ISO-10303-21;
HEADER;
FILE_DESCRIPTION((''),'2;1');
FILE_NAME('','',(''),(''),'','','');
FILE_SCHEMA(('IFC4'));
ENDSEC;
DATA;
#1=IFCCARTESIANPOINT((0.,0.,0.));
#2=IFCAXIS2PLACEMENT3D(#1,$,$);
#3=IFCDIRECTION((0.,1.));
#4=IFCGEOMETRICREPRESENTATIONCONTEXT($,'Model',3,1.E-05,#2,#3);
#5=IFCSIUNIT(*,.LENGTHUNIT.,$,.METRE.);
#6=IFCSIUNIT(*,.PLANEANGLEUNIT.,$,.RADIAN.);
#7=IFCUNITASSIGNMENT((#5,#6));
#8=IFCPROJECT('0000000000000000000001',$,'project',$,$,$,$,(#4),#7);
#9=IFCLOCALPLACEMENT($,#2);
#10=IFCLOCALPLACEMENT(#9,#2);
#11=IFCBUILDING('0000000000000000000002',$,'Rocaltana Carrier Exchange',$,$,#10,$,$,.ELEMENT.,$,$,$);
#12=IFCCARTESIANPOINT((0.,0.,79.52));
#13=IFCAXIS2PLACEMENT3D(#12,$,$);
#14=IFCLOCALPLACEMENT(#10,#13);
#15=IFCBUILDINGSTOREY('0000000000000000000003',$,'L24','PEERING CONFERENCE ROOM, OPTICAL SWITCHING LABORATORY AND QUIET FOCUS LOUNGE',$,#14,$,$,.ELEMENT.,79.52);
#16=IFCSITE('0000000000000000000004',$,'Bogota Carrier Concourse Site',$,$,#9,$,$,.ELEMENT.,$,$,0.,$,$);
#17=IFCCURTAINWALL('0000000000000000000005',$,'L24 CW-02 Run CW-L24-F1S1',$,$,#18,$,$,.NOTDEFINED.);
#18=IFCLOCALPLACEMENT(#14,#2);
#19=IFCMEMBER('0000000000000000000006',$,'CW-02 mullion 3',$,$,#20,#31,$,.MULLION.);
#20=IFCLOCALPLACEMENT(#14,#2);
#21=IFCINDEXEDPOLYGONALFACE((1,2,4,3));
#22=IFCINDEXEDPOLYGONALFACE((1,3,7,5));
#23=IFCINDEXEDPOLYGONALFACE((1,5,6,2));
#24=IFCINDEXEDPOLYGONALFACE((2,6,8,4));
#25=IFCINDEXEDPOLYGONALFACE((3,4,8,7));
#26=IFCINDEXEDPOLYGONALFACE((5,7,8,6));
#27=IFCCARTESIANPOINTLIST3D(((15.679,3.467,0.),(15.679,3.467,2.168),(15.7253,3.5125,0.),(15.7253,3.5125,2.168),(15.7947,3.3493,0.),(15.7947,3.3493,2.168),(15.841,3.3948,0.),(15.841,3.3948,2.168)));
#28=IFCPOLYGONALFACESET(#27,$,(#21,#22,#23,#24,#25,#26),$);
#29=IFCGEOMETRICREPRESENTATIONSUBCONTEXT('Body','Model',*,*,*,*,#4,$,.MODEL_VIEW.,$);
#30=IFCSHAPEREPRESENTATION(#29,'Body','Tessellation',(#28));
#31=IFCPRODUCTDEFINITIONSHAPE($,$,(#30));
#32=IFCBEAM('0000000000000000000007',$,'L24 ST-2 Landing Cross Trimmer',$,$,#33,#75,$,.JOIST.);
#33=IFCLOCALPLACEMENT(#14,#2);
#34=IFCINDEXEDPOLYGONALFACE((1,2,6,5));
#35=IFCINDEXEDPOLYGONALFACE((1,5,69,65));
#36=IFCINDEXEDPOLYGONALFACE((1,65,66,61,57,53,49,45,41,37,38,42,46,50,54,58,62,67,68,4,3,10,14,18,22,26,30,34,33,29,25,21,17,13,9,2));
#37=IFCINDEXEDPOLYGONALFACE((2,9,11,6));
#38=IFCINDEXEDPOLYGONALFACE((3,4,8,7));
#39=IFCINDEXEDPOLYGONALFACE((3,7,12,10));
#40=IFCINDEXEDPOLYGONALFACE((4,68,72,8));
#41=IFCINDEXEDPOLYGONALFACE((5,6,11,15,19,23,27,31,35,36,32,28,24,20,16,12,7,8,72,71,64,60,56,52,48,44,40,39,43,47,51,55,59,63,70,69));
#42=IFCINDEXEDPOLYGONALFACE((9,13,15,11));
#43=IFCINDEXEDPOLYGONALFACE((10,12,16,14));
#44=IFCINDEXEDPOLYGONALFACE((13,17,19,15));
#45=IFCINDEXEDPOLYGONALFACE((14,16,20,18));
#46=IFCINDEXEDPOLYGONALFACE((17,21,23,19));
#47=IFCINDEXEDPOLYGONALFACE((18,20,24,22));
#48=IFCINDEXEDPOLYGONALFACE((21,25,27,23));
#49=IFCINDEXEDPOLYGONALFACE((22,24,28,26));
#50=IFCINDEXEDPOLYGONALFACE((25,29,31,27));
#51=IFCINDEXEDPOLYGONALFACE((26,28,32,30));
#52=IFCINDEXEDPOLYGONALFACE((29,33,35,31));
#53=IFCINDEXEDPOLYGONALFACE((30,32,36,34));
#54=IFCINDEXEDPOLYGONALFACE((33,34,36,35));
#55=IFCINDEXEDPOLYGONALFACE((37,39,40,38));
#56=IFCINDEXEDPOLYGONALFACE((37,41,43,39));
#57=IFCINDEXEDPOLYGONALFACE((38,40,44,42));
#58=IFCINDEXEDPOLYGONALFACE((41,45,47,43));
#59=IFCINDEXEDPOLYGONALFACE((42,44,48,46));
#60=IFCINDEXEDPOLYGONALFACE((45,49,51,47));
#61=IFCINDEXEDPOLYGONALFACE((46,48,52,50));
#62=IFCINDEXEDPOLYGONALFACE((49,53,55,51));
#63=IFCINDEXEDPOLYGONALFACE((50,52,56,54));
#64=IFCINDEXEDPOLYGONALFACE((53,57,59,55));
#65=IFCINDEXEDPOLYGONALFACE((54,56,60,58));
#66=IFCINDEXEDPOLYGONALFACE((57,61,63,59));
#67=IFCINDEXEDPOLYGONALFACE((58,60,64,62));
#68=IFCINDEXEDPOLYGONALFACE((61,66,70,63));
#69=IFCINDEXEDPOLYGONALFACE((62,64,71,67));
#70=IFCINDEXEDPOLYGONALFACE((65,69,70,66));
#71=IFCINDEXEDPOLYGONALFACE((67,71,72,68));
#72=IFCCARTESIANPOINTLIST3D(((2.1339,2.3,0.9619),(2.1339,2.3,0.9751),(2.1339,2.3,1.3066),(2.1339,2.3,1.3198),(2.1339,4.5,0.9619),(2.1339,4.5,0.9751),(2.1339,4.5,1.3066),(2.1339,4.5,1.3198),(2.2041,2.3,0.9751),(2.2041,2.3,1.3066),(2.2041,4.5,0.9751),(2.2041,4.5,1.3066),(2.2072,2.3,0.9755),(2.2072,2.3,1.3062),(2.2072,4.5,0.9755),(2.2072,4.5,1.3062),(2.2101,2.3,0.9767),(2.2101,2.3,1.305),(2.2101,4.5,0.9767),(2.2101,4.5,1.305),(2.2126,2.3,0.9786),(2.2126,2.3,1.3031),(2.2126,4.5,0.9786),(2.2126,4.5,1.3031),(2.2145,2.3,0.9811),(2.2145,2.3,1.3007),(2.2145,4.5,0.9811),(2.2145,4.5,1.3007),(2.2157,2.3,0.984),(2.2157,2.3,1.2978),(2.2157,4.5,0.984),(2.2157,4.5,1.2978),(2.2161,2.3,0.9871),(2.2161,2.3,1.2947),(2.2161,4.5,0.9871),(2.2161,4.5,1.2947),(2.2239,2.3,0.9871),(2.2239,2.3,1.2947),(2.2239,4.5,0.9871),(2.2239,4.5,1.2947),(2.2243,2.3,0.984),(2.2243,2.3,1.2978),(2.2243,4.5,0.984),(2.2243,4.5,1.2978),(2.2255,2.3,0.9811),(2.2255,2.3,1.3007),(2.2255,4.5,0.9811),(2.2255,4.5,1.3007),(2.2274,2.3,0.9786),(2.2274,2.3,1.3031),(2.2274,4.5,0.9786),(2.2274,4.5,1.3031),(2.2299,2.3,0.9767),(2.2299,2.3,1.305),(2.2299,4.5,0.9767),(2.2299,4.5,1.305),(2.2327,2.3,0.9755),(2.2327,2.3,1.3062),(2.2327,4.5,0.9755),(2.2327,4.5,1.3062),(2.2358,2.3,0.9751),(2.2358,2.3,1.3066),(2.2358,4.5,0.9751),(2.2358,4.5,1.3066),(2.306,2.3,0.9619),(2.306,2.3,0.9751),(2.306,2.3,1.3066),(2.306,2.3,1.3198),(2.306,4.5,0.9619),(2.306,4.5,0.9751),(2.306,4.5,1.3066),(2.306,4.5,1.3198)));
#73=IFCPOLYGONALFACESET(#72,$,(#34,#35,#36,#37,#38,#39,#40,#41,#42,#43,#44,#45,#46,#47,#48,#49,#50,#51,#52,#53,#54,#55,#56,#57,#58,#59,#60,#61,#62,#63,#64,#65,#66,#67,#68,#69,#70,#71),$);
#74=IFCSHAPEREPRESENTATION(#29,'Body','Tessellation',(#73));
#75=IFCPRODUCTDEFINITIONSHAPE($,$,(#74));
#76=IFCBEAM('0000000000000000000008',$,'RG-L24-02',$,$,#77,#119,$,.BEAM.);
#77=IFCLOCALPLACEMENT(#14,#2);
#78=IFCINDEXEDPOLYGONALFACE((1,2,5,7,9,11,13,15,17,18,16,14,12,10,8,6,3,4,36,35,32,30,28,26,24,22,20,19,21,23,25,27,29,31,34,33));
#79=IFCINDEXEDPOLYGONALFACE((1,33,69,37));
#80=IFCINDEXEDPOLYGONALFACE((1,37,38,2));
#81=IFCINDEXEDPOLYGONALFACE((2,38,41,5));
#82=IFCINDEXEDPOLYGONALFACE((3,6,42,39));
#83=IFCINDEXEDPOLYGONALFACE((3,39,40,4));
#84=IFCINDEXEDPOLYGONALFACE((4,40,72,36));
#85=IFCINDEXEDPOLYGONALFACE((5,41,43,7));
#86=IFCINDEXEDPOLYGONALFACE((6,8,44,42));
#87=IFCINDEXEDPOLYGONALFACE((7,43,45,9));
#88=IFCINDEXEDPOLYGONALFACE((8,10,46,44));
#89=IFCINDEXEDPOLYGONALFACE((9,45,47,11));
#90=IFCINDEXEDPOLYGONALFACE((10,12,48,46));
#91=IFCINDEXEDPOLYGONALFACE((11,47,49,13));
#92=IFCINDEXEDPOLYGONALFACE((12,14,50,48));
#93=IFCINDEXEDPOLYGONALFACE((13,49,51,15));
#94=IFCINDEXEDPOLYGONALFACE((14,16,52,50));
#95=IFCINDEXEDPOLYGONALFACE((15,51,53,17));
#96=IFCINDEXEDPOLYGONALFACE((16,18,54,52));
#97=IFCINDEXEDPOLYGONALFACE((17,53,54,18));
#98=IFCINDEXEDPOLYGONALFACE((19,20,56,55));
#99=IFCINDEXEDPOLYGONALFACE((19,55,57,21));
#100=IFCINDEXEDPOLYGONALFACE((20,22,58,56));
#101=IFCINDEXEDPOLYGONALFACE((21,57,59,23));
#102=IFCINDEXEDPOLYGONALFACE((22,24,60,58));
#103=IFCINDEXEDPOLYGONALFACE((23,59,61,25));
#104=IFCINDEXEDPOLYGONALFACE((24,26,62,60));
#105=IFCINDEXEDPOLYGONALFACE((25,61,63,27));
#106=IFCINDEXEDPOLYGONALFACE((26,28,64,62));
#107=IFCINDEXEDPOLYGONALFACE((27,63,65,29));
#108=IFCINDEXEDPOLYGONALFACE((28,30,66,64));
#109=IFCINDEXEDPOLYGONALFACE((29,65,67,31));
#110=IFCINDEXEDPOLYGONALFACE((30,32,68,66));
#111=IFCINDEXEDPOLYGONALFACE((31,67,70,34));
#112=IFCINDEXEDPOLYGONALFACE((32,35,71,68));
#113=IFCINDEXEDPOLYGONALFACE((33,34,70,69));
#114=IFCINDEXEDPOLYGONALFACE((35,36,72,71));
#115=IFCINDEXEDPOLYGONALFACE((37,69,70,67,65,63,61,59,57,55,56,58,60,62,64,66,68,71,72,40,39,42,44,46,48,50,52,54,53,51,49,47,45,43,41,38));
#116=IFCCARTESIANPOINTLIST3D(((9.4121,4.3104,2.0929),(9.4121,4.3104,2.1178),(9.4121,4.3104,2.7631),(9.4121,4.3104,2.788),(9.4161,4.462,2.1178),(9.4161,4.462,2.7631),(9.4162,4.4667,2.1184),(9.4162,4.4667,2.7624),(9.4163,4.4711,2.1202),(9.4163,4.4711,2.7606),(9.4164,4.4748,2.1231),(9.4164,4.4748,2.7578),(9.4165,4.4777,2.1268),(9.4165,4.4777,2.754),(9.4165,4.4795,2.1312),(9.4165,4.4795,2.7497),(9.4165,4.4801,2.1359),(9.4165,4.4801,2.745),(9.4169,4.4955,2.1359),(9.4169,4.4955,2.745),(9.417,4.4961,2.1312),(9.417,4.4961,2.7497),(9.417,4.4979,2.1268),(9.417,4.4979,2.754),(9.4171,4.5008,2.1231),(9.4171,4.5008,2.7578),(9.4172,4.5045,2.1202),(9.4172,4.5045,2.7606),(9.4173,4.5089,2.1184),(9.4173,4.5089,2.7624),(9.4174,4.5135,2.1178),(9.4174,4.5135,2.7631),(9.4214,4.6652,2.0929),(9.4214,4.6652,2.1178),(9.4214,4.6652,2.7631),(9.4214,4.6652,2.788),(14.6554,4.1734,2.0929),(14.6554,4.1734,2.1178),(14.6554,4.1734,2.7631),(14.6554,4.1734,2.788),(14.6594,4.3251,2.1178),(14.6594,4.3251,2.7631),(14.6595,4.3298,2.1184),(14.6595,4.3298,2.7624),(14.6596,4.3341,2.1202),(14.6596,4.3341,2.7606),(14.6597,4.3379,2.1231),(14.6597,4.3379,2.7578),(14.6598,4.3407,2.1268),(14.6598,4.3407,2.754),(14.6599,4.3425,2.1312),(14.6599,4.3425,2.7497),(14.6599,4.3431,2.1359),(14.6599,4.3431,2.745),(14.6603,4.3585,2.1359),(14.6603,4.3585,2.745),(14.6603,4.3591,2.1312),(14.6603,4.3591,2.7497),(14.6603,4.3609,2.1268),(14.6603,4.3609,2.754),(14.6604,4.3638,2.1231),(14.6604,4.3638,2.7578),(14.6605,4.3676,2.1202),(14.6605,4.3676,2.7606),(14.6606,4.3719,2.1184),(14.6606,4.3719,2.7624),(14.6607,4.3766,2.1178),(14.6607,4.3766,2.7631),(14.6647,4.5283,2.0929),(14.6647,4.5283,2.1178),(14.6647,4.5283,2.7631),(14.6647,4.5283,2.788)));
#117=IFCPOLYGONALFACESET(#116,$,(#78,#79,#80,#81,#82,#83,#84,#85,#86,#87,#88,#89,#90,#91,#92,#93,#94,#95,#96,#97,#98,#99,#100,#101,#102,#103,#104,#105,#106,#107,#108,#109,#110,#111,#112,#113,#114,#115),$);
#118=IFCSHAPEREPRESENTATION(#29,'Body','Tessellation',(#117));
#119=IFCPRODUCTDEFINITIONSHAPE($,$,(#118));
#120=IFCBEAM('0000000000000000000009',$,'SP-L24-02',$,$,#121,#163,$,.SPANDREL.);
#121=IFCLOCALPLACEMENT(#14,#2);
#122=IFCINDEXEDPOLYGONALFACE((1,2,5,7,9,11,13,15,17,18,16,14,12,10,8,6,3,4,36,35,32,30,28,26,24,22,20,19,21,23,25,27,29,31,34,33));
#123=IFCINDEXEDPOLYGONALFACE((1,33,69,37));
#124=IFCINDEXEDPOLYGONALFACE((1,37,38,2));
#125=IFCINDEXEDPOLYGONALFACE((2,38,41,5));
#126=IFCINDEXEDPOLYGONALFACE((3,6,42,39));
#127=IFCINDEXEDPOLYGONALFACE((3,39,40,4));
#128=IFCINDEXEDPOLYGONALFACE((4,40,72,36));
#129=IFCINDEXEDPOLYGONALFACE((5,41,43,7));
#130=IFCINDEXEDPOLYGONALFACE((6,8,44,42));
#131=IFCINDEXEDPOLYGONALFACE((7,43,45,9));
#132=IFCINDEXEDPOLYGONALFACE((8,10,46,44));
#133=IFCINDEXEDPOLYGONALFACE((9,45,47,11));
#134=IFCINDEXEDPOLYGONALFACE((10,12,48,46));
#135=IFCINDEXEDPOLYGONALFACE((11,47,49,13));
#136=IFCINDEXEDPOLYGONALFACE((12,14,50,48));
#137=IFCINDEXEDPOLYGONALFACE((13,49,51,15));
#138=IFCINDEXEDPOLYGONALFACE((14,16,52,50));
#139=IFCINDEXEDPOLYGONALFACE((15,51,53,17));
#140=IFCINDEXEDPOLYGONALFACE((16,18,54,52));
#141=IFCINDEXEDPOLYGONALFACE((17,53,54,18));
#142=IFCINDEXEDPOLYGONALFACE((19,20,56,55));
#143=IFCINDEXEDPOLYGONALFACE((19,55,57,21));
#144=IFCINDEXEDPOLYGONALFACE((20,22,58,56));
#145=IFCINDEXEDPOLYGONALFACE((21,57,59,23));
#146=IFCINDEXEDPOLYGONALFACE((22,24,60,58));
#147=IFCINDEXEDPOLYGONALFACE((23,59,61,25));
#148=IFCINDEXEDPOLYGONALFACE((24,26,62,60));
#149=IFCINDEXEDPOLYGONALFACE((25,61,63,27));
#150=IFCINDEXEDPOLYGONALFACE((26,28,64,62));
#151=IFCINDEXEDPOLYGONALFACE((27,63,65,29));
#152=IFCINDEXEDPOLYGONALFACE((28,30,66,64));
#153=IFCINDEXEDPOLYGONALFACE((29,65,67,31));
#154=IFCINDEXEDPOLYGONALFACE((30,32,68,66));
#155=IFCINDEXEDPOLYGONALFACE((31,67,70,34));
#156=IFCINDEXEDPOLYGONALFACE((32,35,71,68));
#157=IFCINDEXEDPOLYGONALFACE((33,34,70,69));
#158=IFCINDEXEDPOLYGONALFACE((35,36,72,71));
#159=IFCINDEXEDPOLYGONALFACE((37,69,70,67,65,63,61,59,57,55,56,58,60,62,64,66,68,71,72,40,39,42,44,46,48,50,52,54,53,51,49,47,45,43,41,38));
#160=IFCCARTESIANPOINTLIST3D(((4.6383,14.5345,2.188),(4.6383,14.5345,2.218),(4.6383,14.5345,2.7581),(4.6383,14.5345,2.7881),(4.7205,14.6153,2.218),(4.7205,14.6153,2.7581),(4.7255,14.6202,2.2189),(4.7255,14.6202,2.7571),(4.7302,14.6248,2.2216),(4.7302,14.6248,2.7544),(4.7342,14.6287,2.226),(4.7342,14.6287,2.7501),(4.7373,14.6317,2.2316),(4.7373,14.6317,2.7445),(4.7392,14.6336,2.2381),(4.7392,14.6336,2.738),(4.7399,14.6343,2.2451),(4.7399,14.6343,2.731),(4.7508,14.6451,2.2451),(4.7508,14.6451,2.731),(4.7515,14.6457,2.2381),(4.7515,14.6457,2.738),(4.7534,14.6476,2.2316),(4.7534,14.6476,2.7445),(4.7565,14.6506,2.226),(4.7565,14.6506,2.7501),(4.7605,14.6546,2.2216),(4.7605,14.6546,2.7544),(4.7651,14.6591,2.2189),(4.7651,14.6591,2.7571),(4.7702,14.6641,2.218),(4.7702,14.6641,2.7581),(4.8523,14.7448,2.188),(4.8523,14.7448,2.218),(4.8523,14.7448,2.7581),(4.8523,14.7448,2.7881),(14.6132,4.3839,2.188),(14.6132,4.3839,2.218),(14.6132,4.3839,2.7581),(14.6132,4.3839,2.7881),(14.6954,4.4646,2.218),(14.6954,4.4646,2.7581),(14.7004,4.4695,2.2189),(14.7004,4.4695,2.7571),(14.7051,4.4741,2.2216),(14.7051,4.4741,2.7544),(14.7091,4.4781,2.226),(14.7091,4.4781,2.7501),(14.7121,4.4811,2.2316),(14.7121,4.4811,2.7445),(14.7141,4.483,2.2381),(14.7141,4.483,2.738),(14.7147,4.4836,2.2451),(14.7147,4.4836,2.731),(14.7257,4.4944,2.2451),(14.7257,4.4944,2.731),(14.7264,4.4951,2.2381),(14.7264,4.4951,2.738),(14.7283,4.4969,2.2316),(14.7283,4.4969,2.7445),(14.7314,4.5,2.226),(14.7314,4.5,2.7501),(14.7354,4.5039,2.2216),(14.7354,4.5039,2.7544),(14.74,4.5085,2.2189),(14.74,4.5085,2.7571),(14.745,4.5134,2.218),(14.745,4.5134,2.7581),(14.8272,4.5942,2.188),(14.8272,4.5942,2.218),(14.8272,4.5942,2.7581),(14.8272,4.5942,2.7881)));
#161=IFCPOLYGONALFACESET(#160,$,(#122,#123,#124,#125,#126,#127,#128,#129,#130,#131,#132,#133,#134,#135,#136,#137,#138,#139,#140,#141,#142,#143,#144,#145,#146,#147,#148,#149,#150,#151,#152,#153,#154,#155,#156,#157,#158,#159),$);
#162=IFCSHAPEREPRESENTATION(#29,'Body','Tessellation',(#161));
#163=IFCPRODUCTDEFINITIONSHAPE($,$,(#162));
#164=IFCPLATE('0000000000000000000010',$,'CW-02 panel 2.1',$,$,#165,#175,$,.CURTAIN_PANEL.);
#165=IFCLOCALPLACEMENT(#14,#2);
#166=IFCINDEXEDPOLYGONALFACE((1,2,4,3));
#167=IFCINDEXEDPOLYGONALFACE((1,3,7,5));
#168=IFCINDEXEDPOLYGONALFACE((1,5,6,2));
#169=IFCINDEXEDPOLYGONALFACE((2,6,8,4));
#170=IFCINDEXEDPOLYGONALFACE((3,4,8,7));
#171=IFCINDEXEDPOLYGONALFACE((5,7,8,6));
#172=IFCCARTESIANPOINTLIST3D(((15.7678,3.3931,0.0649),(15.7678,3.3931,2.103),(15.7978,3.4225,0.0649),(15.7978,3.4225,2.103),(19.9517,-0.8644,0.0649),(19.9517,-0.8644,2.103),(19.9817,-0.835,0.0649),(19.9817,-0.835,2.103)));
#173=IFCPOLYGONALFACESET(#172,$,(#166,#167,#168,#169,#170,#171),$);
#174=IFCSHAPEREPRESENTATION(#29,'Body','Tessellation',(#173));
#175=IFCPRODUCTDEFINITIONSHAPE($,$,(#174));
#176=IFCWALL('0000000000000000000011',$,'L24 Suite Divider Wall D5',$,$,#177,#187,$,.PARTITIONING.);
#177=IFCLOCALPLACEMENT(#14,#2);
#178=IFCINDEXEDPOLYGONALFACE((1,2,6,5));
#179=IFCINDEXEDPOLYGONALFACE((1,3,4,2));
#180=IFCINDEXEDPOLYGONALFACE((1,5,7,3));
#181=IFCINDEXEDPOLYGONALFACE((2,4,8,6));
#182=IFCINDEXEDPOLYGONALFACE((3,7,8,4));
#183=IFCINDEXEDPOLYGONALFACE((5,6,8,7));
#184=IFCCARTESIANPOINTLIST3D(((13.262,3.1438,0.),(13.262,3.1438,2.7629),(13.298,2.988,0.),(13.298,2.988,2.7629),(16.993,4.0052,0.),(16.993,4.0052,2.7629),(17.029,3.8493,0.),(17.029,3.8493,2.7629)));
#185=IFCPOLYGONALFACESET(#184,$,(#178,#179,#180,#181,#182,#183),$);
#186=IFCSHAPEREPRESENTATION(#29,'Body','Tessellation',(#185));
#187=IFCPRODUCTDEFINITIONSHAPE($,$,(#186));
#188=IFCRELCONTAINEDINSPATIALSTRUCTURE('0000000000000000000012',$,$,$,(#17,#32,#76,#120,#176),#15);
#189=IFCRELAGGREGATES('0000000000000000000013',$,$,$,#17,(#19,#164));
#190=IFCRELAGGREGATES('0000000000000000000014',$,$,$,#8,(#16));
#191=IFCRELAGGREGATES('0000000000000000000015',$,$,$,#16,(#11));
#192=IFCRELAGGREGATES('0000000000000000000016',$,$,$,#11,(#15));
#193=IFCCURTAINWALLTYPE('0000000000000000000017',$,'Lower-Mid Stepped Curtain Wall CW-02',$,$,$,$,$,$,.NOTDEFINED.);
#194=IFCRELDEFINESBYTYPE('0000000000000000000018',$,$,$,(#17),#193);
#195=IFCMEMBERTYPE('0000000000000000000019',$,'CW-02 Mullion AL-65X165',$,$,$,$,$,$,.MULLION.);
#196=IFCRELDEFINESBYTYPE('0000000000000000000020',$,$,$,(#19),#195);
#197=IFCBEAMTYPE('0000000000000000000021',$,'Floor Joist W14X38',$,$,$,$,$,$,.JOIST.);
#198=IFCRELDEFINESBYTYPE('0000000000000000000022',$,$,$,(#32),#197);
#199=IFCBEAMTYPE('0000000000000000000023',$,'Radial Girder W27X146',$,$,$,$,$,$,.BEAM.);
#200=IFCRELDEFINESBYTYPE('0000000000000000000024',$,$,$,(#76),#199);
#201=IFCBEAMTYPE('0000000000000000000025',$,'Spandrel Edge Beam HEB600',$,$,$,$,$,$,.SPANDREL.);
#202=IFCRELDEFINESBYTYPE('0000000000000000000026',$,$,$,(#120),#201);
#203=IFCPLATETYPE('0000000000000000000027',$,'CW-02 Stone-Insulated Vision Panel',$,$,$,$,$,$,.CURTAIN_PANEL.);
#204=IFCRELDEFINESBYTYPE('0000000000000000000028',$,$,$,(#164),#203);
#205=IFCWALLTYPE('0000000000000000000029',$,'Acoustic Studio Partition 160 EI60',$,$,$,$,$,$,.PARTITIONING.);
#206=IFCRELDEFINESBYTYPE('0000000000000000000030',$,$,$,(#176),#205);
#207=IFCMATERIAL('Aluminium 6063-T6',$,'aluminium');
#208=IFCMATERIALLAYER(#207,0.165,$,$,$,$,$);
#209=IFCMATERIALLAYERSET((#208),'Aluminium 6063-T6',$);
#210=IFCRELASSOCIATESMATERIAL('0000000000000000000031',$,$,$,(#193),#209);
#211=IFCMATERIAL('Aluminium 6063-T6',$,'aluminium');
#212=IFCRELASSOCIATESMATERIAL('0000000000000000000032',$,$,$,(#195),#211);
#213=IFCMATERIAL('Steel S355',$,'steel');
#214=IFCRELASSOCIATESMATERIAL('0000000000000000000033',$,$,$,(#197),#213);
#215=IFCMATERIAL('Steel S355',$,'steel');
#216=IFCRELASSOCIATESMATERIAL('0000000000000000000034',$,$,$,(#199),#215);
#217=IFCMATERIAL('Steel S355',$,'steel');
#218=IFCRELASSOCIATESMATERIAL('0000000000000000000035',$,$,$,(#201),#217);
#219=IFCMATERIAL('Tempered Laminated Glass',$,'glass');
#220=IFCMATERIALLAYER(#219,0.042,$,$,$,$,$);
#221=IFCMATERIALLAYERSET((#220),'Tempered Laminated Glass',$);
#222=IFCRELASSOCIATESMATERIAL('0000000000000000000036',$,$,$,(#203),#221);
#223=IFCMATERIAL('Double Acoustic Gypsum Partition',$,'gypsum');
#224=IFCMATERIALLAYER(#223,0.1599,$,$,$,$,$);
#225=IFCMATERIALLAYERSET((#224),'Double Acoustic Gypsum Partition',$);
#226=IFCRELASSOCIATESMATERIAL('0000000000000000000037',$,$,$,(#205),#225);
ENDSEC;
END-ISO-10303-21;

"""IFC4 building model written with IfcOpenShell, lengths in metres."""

from ifc_helpers import new_model, si_unit, direction, frame, frame_2d, origin, origin_2d, place, context, subcontext, project, spatial, rectangle, i_section, extrude, material, layer, layer_set, material_profile, profile_set, type_object, element, aggregate, save


model = new_model("IFC4")

# Units and contexts
model_context = context("Model", 3, precision=1e-05, world=origin(), true_north=direction((0.0, 1.0)))
body_context = subcontext(model_context, "Body", "Model", "MODEL_VIEW")
ifc_project = project(units=[si_unit("LENGTHUNIT", "METRE"), si_unit("PLANEANGLEUNIT", "RADIAN")], contexts=[model_context])

# Site, building, storey
site_placement = place(None, origin())
site = spatial("IfcSite", under=ifc_project, at=site_placement, Name="Bogota Carrier Concourse Site", CompositionType="ELEMENT", RefElevation=0.0)
building_placement = place(site_placement, origin())
building = spatial("IfcBuilding", under=site, at=building_placement, Name="Rocaltana Carrier Exchange", CompositionType="ELEMENT")
storey_placement = place(building_placement, frame((0.0, 0.0, 79.52)))
storey = spatial("IfcBuildingStorey", under=building, at=storey_placement, Name="L24", Description="PEERING CONFERENCE ROOM, OPTICAL SWITCHING LABORATORY AND QUIET FOCUS LOUNGE", CompositionType="ELEMENT", Elevation=79.52)

# Curtain wall, member
ifc_material_1 = material(Name="Aluminium 6063-T6", Category="aluminium")
ifc_layer_1 = layer(ifc_material_1, 0.165)
ifc_layer_set_1 = layer_set([ifc_layer_1], Name="Aluminium 6063-T6")
curtain_wall_type = type_object("IfcCurtainWallType", Name="Lower-Mid Stepped Curtain Wall CW-02", PredefinedType="NOTDEFINED", material=ifc_layer_set_1)
curtain_wall_placement = place(storey_placement, origin())
curtain_wall = element("IfcCurtainWall", 1, at=curtain_wall_placement, inside=storey, type_object=curtain_wall_type, Name="L24 CW-02 Run CW-L24-F1S1", PredefinedType="NOTDEFINED")
ifc_material_2 = material(Name="Aluminium 6063-T6", Category="aluminium")
ifc_material_profile_1 = material_profile(ifc_material_2, rectangle(XDim=0.0649, YDim=0.165, at=origin_2d()), Name="AL-65X165")
ifc_profile_set_1 = profile_set([ifc_material_profile_1], Name="Aluminium 6063-T6")
member_type = type_object("IfcMemberType", Name="CW-02 Mullion AL-65X165", PredefinedType="MULLION", material=ifc_profile_set_1)
member_placement = place(storey_placement, frame((15.76, 3.4309, 0.0), z_axis=(0.0, 0.0, 1.0), x_axis=(-0.713245, -0.700915, 0.0)))
member = element("IfcMember", 2, at=member_placement, type_object=member_type, Name="CW-02 mullion 3", PredefinedType="MULLION", context=body_context, shape_type="SweptSolid", body=[
    extrude(rectangle(XDim=0.0649, YDim=0.165, at=origin_2d()), origin(), (0.0, 0.0, 1.0), 2.168),
])

# Beams
ifc_material_3 = material(Name="Steel S355", Category="steel")
ifc_material_profile_2 = material_profile(ifc_material_3, i_section(OverallWidth=0.1721, OverallDepth=0.3579, WebThickness=0.0078, FlangeThickness=0.0132, FilletRadius=0.012, at=origin_2d()), Name="W14X38")
ifc_profile_set_2 = profile_set([ifc_material_profile_2], Name="Steel S355")
beam_type_1 = type_object("IfcBeamType", Name="Floor Joist W14X38", PredefinedType="JOIST", material=ifc_profile_set_2)
beam_1_placement = place(storey_placement, frame((2.22, 2.3, 1.1409), z_axis=(0.0, 1.0, 0.0), x_axis=(-1.0, 0.0, 0.0)))
element("IfcBeam", 3, at=beam_1_placement, inside=storey, type_object=beam_type_1, Name="L24 ST-2 Landing Cross Trimmer", PredefinedType="JOIST", context=body_context, shape_type="SweptSolid", body=[
    extrude(i_section(OverallWidth=0.1721, OverallDepth=0.3579, WebThickness=0.0078, FlangeThickness=0.0132, FilletRadius=0.012, at=origin_2d()), origin(), (0.0, 0.0, 1.0), 2.2),
])
ifc_material_4 = material(Name="Steel S355", Category="steel")
ifc_material_profile_3 = material_profile(ifc_material_4, i_section(OverallWidth=0.355, OverallDepth=0.6951, WebThickness=0.0154, FlangeThickness=0.0249, FilletRadius=0.0181, at=origin_2d()), Name="W27X146")
ifc_profile_set_3 = profile_set([ifc_material_profile_3], Name="Steel S355")
beam_type_2 = type_object("IfcBeamType", Name="Radial Girder W27X146", PredefinedType="BEAM", material=ifc_profile_set_3)
beam_2_placement = place(storey_placement, frame((9.4167, 4.4878, 2.4404), z_axis=(0.999659, -0.026112, 0.0), x_axis=(0.026112, 0.999659, 0.0)))
element("IfcBeam", 4, at=beam_2_placement, inside=storey, type_object=beam_type_2, Name="RG-L24-02", PredefinedType="BEAM", context=body_context, shape_type="SweptSolid", body=[
    extrude(i_section(OverallWidth=0.355, OverallDepth=0.6951, WebThickness=0.0154, FlangeThickness=0.0249, FilletRadius=0.0181, at=origin_2d()), origin(), (0.0, 0.0, 1.0), 5.2451),
])
ifc_material_5 = material(Name="Steel S355", Category="steel")
ifc_material_profile_4 = material_profile(ifc_material_5, i_section(OverallWidth=0.3, OverallDepth=0.6001, WebThickness=0.0154, FlangeThickness=0.03, FilletRadius=0.0271, at=origin_2d()), Name="HEB600")
ifc_profile_set_4 = profile_set([ifc_material_profile_4], Name="Steel S355")
beam_type_3 = type_object("IfcBeamType", Name="Spandrel Edge Beam HEB600", PredefinedType="SPANDREL", material=ifc_profile_set_4)
beam_3_placement = place(storey_placement, frame((14.7202, 4.489, 2.488), z_axis=(-0.700904, 0.713256, 0.0), x_axis=(-0.713256, -0.700904, 0.0)))
element("IfcBeam", 5, at=beam_3_placement, inside=storey, type_object=beam_type_3, Name="SP-L24-02", PredefinedType="SPANDREL", context=body_context, shape_type="SweptSolid", body=[
    extrude(i_section(OverallWidth=0.3, OverallDepth=0.6001, WebThickness=0.0154, FlangeThickness=0.03, FilletRadius=0.0271, at=origin_2d()), origin(), (0.0, 0.0, 1.0), 14.2314),
])

# Plate
ifc_material_6 = material(Name="Tempered Laminated Glass", Category="glass")
ifc_layer_2 = layer(ifc_material_6, 0.042)
ifc_layer_set_2 = layer_set([ifc_layer_2], Name="Tempered Laminated Glass")
plate_type = type_object("IfcPlateType", Name="CW-02 Stone-Insulated Vision Panel", PredefinedType="CURTAIN_PANEL", material=ifc_layer_set_2)
plate_placement = place(storey_placement, frame((17.8748, 1.2791, 0.0649), z_axis=(0.0, 0.0, 1.0), x_axis=(-0.700915, 0.713245, 0.0)))
plate = element("IfcPlate", 6, at=plate_placement, type_object=plate_type, Name="CW-02 panel 2.1", PredefinedType="CURTAIN_PANEL", context=body_context, shape_type="SweptSolid", body=[
    extrude(rectangle(XDim=5.9692, YDim=0.042, at=origin_2d()), origin(), (0.0, 0.0, 1.0), 2.0381),
])
aggregate(curtain_wall, [member, plate])

# Wall
ifc_material_7 = material(Name="Double Acoustic Gypsum Partition", Category="gypsum")
ifc_layer_3 = layer(ifc_material_7, 0.1599)
ifc_layer_set_3 = layer_set([ifc_layer_3], Name="Double Acoustic Gypsum Partition")
wall_type_1 = type_object("IfcWallType", Name="Acoustic Studio Partition 160 EI60", PredefinedType="PARTITIONING", material=ifc_layer_set_3)
wall_1_placement = place(storey_placement, frame((13.28, 3.0659, 0.0), z_axis=(0.0, 0.0, 1.0), x_axis=(0.974372, 0.224943, 0.0)))
element("IfcWall", 7, at=wall_1_placement, inside=storey, type_object=wall_type_1, Name="L24 Suite Divider Wall D5", PredefinedType="PARTITIONING", context=body_context, shape_type="SweptSolid", body=[
    extrude(rectangle(XDim=3.8291, YDim=0.1599, at=frame_2d((1.9146, 0.0))), origin(), (0.0, 0.0, 1.0), 2.7629),
])

save(model, "model.ifc")
